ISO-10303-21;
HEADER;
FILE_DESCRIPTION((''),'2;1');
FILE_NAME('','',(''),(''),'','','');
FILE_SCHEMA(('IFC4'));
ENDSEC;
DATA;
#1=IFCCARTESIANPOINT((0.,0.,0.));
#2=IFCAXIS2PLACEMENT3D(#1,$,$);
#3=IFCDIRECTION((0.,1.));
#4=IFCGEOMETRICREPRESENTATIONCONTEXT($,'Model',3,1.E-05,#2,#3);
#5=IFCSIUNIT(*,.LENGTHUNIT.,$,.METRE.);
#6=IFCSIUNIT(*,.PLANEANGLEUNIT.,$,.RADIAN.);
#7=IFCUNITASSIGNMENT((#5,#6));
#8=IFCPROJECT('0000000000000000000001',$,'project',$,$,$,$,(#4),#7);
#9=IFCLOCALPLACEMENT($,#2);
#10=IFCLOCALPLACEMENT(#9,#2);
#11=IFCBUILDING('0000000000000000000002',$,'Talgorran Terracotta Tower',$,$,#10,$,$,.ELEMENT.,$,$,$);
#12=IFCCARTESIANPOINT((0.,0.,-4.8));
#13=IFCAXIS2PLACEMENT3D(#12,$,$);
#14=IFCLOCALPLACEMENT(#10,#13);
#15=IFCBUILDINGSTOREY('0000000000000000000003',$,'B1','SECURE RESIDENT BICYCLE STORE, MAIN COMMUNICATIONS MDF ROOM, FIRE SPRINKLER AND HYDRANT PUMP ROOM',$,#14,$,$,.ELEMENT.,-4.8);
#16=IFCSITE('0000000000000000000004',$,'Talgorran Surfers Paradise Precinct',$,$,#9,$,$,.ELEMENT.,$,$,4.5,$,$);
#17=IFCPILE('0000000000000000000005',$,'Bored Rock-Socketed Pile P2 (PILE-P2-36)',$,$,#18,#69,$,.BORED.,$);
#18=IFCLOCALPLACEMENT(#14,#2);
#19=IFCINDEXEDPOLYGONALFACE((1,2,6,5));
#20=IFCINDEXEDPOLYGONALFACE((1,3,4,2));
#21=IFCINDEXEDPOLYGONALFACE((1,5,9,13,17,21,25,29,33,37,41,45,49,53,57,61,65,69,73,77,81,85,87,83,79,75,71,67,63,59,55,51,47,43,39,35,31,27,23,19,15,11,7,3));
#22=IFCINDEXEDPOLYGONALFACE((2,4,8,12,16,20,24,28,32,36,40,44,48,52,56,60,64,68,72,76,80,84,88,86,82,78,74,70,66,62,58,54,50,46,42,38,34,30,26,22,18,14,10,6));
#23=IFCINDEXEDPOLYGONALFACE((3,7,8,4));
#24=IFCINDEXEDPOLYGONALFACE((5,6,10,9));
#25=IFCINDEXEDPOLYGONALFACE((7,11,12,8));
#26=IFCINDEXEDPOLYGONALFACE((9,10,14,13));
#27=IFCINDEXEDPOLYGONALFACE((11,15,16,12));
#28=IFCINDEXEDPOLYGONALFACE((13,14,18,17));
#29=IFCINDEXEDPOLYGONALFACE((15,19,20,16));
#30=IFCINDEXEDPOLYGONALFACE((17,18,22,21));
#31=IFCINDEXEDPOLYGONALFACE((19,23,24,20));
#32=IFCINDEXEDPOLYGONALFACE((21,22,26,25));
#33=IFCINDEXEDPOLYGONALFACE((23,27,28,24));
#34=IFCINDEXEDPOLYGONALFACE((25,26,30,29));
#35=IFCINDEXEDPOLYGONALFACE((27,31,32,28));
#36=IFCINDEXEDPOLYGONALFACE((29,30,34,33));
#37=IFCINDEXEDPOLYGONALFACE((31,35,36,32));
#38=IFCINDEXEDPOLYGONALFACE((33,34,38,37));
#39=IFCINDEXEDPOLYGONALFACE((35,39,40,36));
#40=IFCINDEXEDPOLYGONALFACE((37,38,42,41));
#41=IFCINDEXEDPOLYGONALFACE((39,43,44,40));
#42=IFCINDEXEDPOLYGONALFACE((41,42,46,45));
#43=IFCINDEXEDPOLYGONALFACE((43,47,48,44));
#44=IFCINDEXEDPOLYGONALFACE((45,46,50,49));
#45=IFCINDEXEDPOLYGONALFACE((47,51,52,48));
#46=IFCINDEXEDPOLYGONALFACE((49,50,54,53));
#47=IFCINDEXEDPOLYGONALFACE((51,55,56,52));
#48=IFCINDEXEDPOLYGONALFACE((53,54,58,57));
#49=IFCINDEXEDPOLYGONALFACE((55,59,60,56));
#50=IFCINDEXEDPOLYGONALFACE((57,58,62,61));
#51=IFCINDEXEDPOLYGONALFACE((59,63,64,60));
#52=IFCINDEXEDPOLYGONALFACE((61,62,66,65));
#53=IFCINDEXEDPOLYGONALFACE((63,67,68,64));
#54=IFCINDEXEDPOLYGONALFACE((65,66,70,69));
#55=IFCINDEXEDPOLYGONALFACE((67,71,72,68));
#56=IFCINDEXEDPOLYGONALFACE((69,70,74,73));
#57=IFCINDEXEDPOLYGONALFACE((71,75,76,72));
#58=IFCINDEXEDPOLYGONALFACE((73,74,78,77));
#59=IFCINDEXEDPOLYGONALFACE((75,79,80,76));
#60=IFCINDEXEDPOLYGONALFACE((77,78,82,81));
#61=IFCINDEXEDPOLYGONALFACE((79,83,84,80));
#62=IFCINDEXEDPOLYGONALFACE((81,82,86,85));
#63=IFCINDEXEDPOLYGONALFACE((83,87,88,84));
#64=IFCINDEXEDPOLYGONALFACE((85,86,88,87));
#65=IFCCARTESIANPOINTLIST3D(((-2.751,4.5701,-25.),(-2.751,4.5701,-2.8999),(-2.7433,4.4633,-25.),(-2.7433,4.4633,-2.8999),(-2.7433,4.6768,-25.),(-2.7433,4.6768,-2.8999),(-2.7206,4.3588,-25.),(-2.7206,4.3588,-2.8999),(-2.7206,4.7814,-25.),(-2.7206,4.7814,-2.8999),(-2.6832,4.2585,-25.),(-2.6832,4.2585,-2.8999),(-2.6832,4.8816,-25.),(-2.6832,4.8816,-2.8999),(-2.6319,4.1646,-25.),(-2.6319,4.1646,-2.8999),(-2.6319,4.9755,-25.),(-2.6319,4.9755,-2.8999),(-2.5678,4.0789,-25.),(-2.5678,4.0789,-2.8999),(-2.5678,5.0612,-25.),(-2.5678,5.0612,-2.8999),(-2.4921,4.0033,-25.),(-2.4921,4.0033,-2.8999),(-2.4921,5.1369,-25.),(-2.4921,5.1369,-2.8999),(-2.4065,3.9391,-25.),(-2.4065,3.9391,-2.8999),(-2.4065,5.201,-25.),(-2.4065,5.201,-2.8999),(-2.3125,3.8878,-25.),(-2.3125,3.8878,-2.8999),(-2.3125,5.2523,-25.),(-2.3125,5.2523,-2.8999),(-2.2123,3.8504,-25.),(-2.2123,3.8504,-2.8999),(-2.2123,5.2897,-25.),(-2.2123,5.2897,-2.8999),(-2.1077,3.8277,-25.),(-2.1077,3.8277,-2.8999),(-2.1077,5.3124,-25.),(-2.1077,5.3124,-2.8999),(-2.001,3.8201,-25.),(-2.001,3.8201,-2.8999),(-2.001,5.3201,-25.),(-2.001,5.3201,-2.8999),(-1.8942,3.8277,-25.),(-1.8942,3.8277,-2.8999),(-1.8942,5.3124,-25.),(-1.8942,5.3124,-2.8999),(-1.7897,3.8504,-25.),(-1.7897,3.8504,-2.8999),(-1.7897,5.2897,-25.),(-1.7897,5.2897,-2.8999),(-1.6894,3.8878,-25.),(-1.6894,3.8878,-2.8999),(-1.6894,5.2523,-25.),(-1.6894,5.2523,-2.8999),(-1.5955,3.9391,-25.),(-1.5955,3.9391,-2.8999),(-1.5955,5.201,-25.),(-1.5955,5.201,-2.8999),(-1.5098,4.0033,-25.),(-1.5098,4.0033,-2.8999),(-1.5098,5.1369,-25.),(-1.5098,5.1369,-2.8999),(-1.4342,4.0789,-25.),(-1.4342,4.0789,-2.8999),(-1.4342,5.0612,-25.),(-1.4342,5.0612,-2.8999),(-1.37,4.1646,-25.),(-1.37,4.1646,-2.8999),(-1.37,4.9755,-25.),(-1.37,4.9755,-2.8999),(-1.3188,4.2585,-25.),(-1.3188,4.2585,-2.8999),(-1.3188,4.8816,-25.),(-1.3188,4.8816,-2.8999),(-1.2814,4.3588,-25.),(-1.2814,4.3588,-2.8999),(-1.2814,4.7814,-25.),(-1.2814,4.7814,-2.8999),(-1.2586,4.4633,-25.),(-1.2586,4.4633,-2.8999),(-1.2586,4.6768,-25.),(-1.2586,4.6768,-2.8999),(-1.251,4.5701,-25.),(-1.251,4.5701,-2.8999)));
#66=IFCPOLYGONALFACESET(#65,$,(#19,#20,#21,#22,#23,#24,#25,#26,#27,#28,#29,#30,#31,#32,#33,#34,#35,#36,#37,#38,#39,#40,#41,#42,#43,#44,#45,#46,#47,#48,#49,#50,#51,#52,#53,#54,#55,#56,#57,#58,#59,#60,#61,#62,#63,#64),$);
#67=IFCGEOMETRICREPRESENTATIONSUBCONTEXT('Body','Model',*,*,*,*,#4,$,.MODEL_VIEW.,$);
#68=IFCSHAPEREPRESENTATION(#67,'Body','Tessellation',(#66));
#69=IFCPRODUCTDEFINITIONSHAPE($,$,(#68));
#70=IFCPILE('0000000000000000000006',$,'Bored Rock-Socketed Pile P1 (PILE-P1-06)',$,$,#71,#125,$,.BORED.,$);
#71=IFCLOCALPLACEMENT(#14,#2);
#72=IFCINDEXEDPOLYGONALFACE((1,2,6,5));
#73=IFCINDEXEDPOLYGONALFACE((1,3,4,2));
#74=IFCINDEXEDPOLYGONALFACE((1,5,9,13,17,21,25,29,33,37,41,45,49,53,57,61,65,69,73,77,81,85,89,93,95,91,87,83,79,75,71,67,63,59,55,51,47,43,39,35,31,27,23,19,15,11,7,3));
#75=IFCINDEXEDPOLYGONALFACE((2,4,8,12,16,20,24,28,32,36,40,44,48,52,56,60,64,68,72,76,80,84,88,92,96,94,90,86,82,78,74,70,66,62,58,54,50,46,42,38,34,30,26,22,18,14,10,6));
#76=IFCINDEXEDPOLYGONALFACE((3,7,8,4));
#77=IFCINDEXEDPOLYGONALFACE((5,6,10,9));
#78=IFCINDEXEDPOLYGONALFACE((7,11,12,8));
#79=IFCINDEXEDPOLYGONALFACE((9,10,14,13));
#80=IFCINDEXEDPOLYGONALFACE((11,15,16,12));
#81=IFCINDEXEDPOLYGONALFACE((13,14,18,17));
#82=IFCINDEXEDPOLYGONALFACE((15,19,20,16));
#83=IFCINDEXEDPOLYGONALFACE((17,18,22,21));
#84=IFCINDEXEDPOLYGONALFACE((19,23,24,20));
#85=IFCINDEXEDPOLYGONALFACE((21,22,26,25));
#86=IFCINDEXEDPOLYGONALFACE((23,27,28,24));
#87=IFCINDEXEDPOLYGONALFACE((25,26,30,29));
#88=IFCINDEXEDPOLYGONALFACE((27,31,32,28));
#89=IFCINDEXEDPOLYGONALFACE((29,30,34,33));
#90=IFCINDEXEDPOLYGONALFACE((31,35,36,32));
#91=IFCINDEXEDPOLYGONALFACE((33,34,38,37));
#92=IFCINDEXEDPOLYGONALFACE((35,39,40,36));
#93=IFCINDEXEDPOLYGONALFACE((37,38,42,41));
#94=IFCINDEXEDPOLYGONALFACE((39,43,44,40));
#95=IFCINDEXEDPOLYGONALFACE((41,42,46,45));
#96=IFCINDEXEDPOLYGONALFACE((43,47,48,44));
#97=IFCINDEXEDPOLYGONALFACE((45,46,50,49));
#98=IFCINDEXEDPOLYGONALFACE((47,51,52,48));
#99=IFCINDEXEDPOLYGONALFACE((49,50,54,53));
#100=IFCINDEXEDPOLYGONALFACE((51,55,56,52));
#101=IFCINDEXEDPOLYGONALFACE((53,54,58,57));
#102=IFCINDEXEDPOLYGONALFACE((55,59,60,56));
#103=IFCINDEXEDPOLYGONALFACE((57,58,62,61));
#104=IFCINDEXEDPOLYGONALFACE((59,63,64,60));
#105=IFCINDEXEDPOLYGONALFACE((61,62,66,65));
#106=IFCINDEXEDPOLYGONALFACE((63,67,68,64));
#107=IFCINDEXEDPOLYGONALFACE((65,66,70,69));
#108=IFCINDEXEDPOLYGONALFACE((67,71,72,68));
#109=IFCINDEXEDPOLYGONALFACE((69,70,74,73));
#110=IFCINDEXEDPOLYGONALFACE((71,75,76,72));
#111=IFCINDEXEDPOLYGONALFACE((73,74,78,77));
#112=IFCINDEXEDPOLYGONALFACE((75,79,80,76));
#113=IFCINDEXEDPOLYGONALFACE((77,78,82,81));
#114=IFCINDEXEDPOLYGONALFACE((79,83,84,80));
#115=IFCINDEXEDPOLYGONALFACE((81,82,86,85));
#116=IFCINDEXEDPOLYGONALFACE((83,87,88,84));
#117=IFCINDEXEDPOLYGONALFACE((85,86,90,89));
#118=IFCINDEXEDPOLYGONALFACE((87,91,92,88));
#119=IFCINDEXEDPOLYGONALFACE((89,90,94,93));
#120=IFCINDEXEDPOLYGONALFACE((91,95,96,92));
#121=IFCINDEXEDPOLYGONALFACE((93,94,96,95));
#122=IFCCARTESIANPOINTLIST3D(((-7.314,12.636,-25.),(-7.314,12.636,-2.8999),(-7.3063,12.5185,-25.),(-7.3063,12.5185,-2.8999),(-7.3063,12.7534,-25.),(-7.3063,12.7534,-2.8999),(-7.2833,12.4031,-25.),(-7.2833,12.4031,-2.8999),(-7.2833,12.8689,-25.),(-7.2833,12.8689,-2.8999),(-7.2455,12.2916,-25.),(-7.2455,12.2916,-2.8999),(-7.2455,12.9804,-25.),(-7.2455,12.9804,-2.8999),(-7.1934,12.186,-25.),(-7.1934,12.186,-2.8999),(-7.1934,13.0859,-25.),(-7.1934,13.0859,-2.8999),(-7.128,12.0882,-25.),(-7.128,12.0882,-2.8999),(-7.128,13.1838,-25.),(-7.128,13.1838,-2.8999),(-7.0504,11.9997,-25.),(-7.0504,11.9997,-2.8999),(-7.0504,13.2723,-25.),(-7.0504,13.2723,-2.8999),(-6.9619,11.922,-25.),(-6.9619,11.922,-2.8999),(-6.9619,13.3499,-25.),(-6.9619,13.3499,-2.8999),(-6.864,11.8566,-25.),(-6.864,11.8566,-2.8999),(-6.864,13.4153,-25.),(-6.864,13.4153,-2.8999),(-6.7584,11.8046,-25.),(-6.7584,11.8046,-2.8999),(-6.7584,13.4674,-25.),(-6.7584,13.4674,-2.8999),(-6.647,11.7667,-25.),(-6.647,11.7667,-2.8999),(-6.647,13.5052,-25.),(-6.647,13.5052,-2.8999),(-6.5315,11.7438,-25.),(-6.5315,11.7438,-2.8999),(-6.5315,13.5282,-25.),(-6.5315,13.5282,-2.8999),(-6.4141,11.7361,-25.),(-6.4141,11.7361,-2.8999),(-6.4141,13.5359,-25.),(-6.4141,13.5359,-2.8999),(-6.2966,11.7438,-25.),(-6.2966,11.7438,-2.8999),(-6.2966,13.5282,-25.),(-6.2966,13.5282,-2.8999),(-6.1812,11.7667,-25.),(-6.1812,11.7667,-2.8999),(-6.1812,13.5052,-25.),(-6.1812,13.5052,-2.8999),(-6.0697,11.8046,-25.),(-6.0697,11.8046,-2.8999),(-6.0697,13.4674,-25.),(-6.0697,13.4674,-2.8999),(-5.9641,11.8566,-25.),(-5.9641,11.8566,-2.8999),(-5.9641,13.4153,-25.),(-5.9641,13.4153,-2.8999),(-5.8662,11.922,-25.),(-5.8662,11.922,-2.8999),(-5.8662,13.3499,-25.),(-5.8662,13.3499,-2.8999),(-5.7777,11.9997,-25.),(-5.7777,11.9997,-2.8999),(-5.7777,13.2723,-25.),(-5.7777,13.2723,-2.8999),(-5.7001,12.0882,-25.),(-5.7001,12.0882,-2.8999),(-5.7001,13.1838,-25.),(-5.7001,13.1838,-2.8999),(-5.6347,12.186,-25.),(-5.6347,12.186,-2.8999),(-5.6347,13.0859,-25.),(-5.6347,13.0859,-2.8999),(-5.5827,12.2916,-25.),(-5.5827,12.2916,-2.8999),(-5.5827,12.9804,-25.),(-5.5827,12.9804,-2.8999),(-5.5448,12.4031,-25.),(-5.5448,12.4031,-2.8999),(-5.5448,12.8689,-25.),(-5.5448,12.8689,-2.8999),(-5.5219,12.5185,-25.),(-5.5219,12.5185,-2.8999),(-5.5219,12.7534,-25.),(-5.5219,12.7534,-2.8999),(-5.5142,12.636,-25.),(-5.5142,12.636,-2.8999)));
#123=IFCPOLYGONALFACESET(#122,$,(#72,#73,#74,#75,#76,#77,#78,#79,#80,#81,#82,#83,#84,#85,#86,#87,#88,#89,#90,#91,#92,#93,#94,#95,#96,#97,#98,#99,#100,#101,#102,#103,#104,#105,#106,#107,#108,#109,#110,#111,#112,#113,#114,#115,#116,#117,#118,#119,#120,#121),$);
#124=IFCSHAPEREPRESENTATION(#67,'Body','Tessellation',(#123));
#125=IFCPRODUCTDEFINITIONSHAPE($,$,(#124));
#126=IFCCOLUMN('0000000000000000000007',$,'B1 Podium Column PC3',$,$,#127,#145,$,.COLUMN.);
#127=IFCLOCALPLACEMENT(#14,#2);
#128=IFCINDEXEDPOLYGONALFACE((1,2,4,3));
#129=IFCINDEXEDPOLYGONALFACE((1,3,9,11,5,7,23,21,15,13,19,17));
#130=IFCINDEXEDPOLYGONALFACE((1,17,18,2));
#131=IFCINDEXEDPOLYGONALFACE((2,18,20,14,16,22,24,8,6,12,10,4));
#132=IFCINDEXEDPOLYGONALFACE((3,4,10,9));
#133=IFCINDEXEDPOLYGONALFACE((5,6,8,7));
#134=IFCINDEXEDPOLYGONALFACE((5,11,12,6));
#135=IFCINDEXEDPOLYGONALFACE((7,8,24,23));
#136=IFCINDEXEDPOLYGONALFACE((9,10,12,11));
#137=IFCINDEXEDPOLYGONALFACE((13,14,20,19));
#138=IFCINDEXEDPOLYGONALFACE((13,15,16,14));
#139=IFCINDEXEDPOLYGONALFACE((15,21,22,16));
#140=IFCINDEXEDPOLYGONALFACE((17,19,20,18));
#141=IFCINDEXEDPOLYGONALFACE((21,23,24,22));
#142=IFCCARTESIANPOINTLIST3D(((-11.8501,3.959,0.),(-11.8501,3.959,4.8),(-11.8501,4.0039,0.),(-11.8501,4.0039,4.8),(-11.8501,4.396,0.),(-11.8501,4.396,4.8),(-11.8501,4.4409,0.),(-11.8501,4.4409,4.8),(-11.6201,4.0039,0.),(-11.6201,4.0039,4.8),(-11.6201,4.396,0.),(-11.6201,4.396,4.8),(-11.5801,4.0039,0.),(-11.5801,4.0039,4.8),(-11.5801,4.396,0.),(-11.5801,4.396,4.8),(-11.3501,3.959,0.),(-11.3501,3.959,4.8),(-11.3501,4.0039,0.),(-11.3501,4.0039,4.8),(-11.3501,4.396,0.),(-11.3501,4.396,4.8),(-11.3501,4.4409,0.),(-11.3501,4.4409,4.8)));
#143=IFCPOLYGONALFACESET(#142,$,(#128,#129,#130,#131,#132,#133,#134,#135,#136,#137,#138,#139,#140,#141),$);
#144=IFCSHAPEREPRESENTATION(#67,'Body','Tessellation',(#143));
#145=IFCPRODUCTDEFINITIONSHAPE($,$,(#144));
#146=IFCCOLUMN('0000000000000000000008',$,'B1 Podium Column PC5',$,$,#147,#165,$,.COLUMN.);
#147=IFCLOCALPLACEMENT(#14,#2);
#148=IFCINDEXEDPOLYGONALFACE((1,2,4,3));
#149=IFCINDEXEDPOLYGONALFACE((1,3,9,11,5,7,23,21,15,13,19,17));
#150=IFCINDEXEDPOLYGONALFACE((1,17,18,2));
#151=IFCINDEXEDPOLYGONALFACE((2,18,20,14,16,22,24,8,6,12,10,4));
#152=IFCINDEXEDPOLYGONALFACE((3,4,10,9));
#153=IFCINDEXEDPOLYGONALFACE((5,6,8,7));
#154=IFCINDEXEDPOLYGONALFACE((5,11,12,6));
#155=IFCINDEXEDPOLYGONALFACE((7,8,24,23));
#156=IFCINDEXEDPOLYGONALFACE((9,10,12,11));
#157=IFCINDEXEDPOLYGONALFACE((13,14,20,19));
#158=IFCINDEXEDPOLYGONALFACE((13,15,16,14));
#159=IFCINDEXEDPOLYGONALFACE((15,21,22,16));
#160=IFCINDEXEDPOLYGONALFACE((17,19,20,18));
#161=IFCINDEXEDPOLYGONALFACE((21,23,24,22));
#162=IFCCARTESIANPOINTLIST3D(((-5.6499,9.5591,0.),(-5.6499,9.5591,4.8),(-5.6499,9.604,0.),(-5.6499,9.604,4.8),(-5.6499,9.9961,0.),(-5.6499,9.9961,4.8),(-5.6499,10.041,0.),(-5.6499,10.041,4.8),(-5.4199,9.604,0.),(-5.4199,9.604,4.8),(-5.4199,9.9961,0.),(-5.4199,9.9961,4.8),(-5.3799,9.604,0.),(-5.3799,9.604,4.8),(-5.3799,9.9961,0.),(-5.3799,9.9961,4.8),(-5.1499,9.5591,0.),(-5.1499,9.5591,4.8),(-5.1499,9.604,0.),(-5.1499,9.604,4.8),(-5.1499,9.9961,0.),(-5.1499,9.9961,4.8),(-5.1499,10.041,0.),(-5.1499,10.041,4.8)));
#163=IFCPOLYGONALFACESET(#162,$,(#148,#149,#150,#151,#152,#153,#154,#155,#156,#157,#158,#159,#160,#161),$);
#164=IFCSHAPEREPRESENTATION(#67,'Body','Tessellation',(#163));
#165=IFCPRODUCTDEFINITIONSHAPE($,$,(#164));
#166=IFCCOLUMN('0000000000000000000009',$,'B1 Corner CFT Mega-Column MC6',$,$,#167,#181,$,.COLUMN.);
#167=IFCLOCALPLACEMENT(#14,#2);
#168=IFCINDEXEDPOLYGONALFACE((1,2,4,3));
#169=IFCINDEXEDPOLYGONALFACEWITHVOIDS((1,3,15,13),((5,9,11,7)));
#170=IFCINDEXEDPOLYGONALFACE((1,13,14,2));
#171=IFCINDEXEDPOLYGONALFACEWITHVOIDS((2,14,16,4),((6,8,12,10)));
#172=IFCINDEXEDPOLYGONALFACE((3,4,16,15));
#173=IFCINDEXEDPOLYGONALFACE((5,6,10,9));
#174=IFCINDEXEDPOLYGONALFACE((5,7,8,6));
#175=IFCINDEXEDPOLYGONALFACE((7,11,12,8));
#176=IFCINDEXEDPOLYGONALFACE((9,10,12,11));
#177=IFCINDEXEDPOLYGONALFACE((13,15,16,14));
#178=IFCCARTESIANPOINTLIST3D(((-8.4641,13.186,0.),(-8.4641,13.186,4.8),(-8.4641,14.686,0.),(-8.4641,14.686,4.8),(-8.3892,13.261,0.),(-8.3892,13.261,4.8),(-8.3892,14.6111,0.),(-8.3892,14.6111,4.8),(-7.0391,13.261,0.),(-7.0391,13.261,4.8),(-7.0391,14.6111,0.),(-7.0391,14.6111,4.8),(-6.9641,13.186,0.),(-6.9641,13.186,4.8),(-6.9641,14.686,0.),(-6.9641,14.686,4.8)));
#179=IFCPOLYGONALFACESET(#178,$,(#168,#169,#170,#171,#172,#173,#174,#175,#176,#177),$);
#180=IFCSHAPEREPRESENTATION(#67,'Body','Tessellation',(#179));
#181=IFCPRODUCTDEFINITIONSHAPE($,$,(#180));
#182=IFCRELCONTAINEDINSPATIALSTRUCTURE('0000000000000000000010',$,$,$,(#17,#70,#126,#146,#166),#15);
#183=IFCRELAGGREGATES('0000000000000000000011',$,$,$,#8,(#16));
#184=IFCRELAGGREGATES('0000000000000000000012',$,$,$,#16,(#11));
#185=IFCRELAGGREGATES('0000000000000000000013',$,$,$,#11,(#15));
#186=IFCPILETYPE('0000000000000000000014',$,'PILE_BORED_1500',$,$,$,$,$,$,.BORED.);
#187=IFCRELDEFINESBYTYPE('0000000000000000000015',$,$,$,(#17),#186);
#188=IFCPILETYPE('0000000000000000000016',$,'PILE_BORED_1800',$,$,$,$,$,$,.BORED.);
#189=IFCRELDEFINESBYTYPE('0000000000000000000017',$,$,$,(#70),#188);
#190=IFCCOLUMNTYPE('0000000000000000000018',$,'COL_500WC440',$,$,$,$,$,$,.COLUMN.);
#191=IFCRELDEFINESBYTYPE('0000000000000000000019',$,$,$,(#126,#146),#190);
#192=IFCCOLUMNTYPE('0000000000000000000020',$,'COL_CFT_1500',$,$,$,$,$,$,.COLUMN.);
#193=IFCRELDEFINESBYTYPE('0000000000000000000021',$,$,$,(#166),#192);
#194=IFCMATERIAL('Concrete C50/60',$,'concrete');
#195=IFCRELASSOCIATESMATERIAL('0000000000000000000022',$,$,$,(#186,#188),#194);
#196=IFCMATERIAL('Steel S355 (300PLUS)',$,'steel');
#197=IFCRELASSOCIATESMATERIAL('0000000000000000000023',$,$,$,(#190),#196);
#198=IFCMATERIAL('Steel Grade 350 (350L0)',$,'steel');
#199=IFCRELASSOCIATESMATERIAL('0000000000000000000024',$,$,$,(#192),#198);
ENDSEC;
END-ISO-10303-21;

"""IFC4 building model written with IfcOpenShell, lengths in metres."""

from ifc_helpers import new_model, si_unit, direction, frame, origin, origin_2d, place, context, subcontext, project, spatial, hollow_rectangle, circle, i_section, extrude, material, material_profile, profile_set, type_object, element, save


model = new_model("IFC4")

# Units and contexts
model_context = context("Model", 3, precision=1e-05, world=origin(), true_north=direction((0.0, 1.0)))
body_context = subcontext(model_context, "Body", "Model", "MODEL_VIEW")
ifc_project = project(units=[si_unit("LENGTHUNIT", "METRE"), si_unit("PLANEANGLEUNIT", "RADIAN")], contexts=[model_context])

# Site, building, storey
site_placement = place(None, origin())
site = spatial("IfcSite", under=ifc_project, at=site_placement, Name="Talgorran Surfers Paradise Precinct", CompositionType="ELEMENT", RefElevation=4.5)
building_placement = place(site_placement, origin())
building = spatial("IfcBuilding", under=site, at=building_placement, Name="Talgorran Terracotta Tower", CompositionType="ELEMENT")
storey_placement = place(building_placement, frame((0.0, 0.0, -4.8)))
storey = spatial("IfcBuildingStorey", under=building, at=storey_placement, Name="B1", Description="SECURE RESIDENT BICYCLE STORE, MAIN COMMUNICATIONS MDF ROOM, FIRE SPRINKLER AND HYDRANT PUMP ROOM", CompositionType="ELEMENT", Elevation=-4.8)

# Shared definitions
ifc_material_1 = material(Name="Concrete C50/60", Category="concrete")

# Piles
ifc_material_profile_1 = material_profile(ifc_material_1, circle(Radius=0.75, at=origin_2d()), Name="PILE1500")
ifc_profile_set_1 = profile_set([ifc_material_profile_1], Name="Concrete C50/60")
pile_type_1 = type_object("IfcPileType", Name="PILE_BORED_1500", PredefinedType="BORED", material=ifc_profile_set_1)
for number, where, z_axis, x_axis, name in (
    (1, (-2.001, 4.5701, -2.8999), (0.0, 0.0, -1.0), (1.0, 0.0, 0.0), "Bored Rock-Socketed Pile P2 (PILE-P2-36)"),
):
    element("IfcPile", number, at=place(storey_placement, frame(where, z_axis=z_axis, x_axis=x_axis)), inside=storey, type_object=pile_type_1, Name=name, PredefinedType="BORED", context=body_context, shape_type="SweptSolid", body=[
        extrude(circle(Radius=0.75, at=origin_2d()), origin(), (0.0, 0.0, 1.0), 22.1001),
    ])
ifc_material_profile_2 = material_profile(ifc_material_1, circle(Radius=0.8999, at=origin_2d()), Name="PILE1800")
ifc_profile_set_2 = profile_set([ifc_material_profile_2], Name="Concrete C50/60")
pile_type_2 = type_object("IfcPileType", Name="PILE_BORED_1800", PredefinedType="BORED", material=ifc_profile_set_2)
pile_placement = place(storey_placement, frame((-6.4141, 12.636, -2.8999), z_axis=(0.0, 0.0, -1.0), x_axis=(1.0, 0.0, 0.0)))
element("IfcPile", 2, at=pile_placement, inside=storey, type_object=pile_type_2, Name="Bored Rock-Socketed Pile P1 (PILE-P1-06)", PredefinedType="BORED", context=body_context, shape_type="SweptSolid", body=[
    extrude(circle(Radius=0.8999, at=origin_2d()), origin(), (0.0, 0.0, 1.0), 22.1001),
])

# Columns
ifc_material_2 = material(Name="Steel S355 (300PLUS)", Category="steel")
ifc_material_profile_3 = material_profile(ifc_material_2, i_section(OverallWidth=0.5, OverallDepth=0.4819, WebThickness=0.04, FlangeThickness=0.0449, at=origin_2d()), Name="500WC440")
ifc_profile_set_3 = profile_set([ifc_material_profile_3], Name="Steel S355 (300PLUS)")
column_type_1 = type_object("IfcColumnType", Name="COL_500WC440", PredefinedType="COLUMN", material=ifc_profile_set_3)
for number, where, z_axis, x_axis, name in (
    (3, (-11.6001, 4.2, 0.0), (0.0, 0.0, 1.0), (1.0, 0.0, 0.0), "B1 Podium Column PC3"),
    (4, (-5.3999, 9.8, 0.0), (0.0, 0.0, 1.0), (1.0, 0.0, 0.0), "B1 Podium Column PC5"),
):
    element("IfcColumn", number, at=place(storey_placement, frame(where, z_axis=z_axis, x_axis=x_axis)), inside=storey, type_object=column_type_1, Name=name, PredefinedType="COLUMN", context=body_context, shape_type="SweptSolid", body=[
        extrude(i_section(OverallWidth=0.5, OverallDepth=0.4819, WebThickness=0.04, FlangeThickness=0.0449, at=origin_2d()), origin(), (0.0, 0.0, 1.0), 4.8),
    ])
ifc_material_3 = material(Name="Steel Grade 350 (350L0)", Category="steel")
ifc_material_profile_4 = material_profile(ifc_material_3, hollow_rectangle(XDim=1.5, YDim=1.5, WallThickness=0.075, at=origin_2d()), Name="CFT1500X1500X75")
ifc_profile_set_4 = profile_set([ifc_material_profile_4], Name="Steel Grade 350 (350L0)")
column_type_2 = type_object("IfcColumnType", Name="COL_CFT_1500", PredefinedType="COLUMN", material=ifc_profile_set_4)
column_placement = place(storey_placement, frame((-7.7141, 13.936, 0.0), z_axis=(0.0, 0.0, 1.0), x_axis=(1.0, 0.0, 0.0)))
element("IfcColumn", 5, at=column_placement, inside=storey, type_object=column_type_2, Name="B1 Corner CFT Mega-Column MC6", PredefinedType="COLUMN", context=body_context, shape_type="SweptSolid", body=[
    extrude(hollow_rectangle(XDim=1.5, YDim=1.5, WallThickness=0.075, at=origin_2d()), origin(), (0.0, 0.0, 1.0), 4.8),
])

save(model, "model.ifc")
